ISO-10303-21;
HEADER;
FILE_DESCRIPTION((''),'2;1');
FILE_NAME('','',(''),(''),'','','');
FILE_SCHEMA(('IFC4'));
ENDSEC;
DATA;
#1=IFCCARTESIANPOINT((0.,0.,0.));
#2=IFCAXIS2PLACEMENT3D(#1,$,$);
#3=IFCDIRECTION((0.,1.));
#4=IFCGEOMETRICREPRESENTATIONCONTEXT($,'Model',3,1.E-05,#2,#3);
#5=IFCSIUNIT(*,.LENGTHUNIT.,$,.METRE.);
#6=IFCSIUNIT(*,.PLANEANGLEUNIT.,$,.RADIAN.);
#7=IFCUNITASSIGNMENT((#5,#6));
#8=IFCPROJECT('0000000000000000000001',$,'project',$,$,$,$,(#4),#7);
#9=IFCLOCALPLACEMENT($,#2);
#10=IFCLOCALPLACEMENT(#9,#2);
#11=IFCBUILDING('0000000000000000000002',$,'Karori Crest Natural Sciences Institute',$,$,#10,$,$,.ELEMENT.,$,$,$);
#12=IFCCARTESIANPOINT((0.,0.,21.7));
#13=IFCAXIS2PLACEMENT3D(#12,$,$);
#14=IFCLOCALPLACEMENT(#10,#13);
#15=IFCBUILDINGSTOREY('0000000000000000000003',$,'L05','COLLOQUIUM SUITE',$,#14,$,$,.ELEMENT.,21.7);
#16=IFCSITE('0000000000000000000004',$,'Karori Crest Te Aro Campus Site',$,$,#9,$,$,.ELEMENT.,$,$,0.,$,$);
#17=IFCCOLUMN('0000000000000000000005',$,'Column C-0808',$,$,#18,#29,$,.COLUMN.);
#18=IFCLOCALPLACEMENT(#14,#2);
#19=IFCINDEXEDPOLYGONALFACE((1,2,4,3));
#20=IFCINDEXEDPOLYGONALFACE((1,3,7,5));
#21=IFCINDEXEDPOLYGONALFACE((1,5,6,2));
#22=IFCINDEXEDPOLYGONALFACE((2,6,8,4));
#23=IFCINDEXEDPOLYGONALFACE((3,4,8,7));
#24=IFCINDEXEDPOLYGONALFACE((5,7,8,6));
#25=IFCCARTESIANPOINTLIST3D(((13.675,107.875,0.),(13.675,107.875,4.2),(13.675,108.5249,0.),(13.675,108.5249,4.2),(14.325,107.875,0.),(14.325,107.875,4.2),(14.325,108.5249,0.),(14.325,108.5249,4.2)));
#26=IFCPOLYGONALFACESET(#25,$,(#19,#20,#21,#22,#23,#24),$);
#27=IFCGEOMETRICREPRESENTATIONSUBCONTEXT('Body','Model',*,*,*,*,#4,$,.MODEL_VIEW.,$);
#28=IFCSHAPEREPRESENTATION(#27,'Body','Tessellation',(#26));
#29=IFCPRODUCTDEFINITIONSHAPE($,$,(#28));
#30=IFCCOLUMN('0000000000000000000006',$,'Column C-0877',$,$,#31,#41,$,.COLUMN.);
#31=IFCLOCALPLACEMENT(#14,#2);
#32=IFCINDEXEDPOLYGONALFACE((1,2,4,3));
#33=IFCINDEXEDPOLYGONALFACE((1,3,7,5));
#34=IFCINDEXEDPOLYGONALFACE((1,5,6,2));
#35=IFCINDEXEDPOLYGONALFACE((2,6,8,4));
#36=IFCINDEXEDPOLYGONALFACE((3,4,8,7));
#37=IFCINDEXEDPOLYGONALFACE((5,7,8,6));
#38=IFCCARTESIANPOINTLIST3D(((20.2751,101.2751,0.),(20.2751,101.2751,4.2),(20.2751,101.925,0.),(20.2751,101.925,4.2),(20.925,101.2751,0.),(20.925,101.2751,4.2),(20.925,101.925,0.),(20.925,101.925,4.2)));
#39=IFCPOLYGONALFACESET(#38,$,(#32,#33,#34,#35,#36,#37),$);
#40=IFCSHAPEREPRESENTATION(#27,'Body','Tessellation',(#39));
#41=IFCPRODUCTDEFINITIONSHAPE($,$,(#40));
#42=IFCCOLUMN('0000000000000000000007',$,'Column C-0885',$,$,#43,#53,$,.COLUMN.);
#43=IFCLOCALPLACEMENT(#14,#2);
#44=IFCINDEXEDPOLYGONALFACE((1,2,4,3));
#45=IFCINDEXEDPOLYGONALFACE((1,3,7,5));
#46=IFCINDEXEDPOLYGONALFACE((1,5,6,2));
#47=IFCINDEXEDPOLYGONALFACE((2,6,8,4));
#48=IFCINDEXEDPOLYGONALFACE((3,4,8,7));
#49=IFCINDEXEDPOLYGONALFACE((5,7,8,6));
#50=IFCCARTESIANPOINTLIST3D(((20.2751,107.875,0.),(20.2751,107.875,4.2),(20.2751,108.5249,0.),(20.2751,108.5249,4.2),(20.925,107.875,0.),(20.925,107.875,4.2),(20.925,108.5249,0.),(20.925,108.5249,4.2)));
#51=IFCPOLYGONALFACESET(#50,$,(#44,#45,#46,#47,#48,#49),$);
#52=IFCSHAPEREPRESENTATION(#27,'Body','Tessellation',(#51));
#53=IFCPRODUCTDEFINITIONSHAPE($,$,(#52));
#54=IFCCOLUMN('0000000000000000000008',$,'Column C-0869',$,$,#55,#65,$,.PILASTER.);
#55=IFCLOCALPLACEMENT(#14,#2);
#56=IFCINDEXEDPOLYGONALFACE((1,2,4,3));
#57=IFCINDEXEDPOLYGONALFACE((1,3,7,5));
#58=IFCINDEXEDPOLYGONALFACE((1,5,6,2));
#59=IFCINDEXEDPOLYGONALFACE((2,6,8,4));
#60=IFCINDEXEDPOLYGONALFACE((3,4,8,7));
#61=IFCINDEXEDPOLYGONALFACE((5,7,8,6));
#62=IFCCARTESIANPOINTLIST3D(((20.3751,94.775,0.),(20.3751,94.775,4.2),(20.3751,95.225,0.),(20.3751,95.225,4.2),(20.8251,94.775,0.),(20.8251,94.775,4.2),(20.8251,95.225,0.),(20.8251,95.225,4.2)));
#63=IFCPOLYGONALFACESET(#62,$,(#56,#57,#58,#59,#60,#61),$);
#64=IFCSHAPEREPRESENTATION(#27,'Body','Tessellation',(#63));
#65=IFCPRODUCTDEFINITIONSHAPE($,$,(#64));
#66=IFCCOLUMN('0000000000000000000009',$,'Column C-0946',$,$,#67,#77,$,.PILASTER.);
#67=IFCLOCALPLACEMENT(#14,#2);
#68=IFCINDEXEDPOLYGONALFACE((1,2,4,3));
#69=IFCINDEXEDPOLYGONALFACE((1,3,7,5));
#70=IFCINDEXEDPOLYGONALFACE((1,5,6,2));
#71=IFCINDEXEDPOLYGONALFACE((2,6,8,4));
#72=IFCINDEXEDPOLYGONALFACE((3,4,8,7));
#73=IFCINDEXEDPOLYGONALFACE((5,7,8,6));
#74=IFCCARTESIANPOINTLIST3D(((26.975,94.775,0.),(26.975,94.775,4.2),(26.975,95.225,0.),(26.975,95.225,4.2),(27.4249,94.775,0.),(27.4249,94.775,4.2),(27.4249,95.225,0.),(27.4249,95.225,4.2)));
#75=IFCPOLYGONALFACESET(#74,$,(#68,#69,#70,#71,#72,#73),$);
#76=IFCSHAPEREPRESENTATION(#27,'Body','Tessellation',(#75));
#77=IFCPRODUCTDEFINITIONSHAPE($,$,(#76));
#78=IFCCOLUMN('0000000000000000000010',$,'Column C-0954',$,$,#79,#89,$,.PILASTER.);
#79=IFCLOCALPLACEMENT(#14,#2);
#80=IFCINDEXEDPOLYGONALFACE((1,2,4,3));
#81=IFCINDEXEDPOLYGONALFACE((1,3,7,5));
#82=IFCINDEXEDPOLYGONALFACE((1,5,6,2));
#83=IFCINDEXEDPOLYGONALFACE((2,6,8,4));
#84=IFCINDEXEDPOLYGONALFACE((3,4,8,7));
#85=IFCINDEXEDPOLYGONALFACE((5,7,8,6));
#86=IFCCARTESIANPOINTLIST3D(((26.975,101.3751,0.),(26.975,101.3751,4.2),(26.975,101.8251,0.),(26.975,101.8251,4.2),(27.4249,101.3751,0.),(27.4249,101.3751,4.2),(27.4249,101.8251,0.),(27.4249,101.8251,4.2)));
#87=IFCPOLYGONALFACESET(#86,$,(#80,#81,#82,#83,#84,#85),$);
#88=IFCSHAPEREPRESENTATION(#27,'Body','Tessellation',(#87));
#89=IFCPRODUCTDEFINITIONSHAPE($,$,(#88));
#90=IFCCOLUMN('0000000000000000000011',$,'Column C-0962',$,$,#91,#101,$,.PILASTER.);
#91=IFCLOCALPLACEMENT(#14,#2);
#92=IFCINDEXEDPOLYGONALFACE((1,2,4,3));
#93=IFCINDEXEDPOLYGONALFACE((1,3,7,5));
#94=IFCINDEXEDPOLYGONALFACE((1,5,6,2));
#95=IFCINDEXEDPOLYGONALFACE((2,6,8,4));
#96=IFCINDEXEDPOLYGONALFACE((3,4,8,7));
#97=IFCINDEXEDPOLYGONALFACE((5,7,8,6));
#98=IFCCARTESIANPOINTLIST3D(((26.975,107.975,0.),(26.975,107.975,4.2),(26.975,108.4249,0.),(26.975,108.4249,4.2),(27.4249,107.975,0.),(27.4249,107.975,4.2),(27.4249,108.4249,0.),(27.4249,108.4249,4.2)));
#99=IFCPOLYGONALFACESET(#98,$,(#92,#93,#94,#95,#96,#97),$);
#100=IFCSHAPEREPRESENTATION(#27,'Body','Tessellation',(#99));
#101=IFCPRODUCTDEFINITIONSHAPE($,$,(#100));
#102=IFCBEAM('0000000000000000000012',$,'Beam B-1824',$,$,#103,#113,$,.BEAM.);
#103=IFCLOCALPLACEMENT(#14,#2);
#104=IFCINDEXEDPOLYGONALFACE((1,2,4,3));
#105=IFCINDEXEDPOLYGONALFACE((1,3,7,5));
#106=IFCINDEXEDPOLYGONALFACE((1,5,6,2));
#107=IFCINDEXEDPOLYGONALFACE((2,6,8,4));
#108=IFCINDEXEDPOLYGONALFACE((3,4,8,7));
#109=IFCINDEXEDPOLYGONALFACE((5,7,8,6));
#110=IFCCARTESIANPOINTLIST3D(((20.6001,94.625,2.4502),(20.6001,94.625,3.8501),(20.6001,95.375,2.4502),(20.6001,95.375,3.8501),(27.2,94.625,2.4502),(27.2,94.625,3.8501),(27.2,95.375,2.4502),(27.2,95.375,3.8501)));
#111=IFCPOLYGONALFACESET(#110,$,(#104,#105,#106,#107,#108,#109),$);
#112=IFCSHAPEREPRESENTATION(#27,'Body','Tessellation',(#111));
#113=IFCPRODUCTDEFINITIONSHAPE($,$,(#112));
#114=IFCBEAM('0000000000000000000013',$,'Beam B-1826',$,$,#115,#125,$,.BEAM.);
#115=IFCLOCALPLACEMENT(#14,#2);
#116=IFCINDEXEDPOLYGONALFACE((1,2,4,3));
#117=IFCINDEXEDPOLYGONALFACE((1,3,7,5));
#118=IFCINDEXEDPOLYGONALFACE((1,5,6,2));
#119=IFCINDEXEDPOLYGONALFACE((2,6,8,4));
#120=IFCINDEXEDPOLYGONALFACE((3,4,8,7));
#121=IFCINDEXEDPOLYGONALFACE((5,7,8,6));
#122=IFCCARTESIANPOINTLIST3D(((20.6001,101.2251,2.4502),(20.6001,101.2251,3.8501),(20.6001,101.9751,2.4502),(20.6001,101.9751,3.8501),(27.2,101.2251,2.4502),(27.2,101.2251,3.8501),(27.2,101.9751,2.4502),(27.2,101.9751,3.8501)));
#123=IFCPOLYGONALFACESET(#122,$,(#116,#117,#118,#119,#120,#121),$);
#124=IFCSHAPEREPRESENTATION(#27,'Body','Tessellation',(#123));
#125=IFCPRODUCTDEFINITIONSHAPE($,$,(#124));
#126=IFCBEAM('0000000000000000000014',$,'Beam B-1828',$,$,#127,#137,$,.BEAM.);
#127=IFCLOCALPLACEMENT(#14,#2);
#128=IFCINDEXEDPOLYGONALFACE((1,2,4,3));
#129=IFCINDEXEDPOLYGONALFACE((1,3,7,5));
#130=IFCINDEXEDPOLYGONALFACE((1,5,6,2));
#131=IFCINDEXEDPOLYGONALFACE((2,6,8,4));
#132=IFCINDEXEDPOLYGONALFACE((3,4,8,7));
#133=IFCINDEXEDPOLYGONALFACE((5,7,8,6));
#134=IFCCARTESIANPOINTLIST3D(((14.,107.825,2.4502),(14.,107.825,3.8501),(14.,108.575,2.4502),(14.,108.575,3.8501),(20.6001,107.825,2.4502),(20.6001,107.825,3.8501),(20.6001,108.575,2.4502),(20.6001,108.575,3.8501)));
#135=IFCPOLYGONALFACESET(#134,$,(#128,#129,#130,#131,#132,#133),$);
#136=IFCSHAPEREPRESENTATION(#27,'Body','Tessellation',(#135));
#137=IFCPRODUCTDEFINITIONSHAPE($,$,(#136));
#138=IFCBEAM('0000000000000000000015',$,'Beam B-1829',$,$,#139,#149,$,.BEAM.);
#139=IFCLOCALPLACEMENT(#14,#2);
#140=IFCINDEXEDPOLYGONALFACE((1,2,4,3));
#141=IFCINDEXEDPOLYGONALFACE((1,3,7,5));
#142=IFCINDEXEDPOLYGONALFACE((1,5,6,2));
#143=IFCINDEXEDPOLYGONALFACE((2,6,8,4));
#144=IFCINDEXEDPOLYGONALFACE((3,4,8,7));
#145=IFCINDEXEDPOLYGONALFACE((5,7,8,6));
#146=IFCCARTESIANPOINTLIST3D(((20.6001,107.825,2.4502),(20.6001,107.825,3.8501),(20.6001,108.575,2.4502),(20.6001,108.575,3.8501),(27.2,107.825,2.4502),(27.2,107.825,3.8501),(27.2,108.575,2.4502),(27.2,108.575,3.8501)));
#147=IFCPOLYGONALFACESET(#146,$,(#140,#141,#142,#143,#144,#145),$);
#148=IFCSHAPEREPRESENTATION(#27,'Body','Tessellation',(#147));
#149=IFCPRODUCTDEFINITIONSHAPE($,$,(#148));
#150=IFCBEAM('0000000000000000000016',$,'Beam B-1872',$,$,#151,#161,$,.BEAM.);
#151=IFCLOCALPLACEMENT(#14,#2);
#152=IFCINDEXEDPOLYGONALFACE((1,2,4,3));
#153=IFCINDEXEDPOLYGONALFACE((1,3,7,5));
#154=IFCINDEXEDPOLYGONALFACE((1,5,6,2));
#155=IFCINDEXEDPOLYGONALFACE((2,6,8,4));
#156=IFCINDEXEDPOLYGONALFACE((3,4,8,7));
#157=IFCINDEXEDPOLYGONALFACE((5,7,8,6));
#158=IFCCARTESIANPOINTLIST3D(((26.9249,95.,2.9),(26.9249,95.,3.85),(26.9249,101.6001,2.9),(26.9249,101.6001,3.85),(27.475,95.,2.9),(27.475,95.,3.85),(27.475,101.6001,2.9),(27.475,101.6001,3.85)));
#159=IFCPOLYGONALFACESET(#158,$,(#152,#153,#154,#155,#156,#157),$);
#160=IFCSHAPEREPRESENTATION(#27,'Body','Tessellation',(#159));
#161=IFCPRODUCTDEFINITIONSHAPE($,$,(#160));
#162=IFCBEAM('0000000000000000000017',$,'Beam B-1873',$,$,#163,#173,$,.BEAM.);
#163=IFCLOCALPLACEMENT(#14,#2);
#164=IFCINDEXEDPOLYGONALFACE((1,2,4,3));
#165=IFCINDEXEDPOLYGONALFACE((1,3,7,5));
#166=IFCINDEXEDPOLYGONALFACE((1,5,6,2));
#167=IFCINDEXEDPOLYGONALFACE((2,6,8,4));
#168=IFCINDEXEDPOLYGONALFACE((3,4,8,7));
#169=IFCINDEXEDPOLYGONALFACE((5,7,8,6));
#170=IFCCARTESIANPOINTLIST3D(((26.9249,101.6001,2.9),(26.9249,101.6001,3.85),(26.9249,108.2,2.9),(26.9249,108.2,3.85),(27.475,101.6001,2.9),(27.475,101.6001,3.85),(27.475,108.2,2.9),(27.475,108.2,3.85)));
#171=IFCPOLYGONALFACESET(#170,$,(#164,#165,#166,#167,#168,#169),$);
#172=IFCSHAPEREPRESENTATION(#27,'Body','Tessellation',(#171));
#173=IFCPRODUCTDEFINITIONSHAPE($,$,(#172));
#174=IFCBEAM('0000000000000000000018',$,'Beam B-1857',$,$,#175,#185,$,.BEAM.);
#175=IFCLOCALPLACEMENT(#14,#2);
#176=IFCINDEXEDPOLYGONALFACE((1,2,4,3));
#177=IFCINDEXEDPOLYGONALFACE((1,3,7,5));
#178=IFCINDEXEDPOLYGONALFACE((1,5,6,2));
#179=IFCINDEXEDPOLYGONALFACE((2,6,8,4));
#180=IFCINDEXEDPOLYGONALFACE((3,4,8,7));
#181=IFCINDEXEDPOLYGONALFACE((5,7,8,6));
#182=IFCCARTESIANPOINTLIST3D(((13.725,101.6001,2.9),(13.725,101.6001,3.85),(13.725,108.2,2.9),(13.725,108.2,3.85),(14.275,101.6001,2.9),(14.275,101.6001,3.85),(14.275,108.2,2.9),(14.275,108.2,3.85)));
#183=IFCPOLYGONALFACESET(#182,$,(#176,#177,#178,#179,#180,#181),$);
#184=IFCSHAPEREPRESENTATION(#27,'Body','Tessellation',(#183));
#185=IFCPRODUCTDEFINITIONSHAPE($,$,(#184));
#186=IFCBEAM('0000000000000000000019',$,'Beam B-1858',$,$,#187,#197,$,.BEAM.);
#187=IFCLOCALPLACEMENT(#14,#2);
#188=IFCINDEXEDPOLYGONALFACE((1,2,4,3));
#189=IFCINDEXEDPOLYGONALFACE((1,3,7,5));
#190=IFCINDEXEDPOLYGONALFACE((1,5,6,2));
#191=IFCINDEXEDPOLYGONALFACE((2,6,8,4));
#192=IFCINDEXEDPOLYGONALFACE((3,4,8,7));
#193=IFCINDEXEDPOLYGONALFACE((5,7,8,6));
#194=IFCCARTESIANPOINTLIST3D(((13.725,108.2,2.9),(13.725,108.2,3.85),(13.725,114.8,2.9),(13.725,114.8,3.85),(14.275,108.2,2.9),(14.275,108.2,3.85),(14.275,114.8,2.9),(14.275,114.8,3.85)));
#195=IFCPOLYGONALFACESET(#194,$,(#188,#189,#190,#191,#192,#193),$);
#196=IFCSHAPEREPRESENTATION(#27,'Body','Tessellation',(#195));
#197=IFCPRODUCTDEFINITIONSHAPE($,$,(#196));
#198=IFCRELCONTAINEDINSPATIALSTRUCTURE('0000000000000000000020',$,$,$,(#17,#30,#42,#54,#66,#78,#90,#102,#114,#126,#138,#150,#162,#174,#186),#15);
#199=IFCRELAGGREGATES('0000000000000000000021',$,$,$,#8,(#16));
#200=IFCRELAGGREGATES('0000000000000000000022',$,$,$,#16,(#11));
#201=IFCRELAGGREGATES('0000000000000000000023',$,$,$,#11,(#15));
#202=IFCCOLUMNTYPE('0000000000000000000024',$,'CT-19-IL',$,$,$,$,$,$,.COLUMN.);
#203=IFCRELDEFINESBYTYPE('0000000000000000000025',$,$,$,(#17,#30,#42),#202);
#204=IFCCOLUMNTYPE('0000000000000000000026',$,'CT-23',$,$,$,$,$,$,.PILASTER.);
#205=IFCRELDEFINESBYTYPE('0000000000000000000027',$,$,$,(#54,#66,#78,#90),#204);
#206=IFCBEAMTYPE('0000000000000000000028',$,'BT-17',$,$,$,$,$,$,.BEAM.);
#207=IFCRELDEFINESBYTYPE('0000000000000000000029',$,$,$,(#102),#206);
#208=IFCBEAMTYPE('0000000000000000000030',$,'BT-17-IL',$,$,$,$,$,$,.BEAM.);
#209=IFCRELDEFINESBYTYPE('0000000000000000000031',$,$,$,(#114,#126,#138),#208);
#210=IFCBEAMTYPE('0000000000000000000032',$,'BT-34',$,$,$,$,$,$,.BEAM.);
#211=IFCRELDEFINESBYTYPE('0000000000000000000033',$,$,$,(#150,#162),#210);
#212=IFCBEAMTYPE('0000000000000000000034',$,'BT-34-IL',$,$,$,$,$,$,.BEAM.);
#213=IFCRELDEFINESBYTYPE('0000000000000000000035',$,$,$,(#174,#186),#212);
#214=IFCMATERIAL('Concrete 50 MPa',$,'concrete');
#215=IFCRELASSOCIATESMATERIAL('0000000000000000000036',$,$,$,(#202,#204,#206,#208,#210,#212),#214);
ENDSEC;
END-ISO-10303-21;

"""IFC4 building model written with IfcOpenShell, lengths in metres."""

from ifc_helpers import new_model, si_unit, direction, frame, origin, origin_2d, place, context, subcontext, project, spatial, rectangle, extrude, material, material_profile, profile_set, type_object, element, save


model = new_model("IFC4")

# Units and contexts
model_context = context("Model", 3, precision=1e-05, world=origin(), true_north=direction((0.0, 1.0)))
body_context = subcontext(model_context, "Body", "Model", "MODEL_VIEW")
ifc_project = project(units=[si_unit("LENGTHUNIT", "METRE"), si_unit("PLANEANGLEUNIT", "RADIAN")], contexts=[model_context])

# Site, building, storey
site_placement = place(None, origin())
site = spatial("IfcSite", under=ifc_project, at=site_placement, Name="Karori Crest Te Aro Campus Site", CompositionType="ELEMENT", RefElevation=0.0)
building_placement = place(site_placement, origin())
building = spatial("IfcBuilding", under=site, at=building_placement, Name="Karori Crest Natural Sciences Institute", CompositionType="ELEMENT")
storey_placement = place(building_placement, frame((0.0, 0.0, 21.7)))
storey = spatial("IfcBuildingStorey", under=building, at=storey_placement, Name="L05", Description="COLLOQUIUM SUITE", CompositionType="ELEMENT", Elevation=21.7)

# Columns
ifc_material_1 = material(Name="Concrete 50 MPa", Category="concrete")
ifc_material_profile_1 = material_profile(ifc_material_1, rectangle(XDim=0.6499, YDim=0.6499, at=origin_2d()), Name="RC650x650")
ifc_profile_set_1 = profile_set([ifc_material_profile_1], Name="Concrete 50 MPa")
column_type_1 = type_object("IfcColumnType", Name="CT-19-IL", PredefinedType="COLUMN", material=ifc_profile_set_1)
for number, where, z_axis, x_axis, name in (
    (1, (14.0, 108.2, 0.0), (0.0, 0.0, 1.0), (1.0, 0.0, 0.0), "Column C-0808"),
    (2, (20.6001, 101.6001, 0.0), (0.0, 0.0, 1.0), (1.0, 0.0, 0.0), "Column C-0877"),
    (3, (20.6001, 108.2, 0.0), (0.0, 0.0, 1.0), (1.0, 0.0, 0.0), "Column C-0885"),
):
    element("IfcColumn", number, at=place(storey_placement, frame(where, z_axis=z_axis, x_axis=x_axis)), inside=storey, type_object=column_type_1, Name=name, PredefinedType="COLUMN", context=body_context, shape_type="SweptSolid", body=[
        extrude(rectangle(XDim=0.6499, YDim=0.6499, at=origin_2d()), origin(), (0.0, 0.0, 1.0), 4.2),
    ])
ifc_material_profile_2 = material_profile(ifc_material_1, rectangle(XDim=0.45, YDim=0.45, at=origin_2d()), Name="RC450x450")
ifc_profile_set_2 = profile_set([ifc_material_profile_2], Name="Concrete 50 MPa")
column_type_2 = type_object("IfcColumnType", Name="CT-23", PredefinedType="PILASTER", material=ifc_profile_set_2)
for number, where, z_axis, x_axis, name in (
    (4, (20.6001, 95.0, 0.0), (0.0, 0.0, 1.0), (1.0, 0.0, 0.0), "Column C-0869"),
    (5, (27.2, 95.0, 0.0), (0.0, 0.0, 1.0), (1.0, 0.0, 0.0), "Column C-0946"),
    (6, (27.2, 101.6001, 0.0), (0.0, 0.0, 1.0), (1.0, 0.0, 0.0), "Column C-0954"),
    (7, (27.2, 108.2, 0.0), (0.0, 0.0, 1.0), (1.0, 0.0, 0.0), "Column C-0962"),
):
    element("IfcColumn", number, at=place(storey_placement, frame(where, z_axis=z_axis, x_axis=x_axis)), inside=storey, type_object=column_type_2, Name=name, PredefinedType="PILASTER", context=body_context, shape_type="SweptSolid", body=[
        extrude(rectangle(XDim=0.45, YDim=0.45, at=origin_2d()), origin(), (0.0, 0.0, 1.0), 4.2),
    ])

# Beams
ifc_material_profile_3 = material_profile(ifc_material_1, rectangle(XDim=0.75, YDim=1.3999, at=origin_2d()), Name="RCB750x1400")
ifc_profile_set_3 = profile_set([ifc_material_profile_3], Name="Concrete 50 MPa")
beam_type_1 = type_object("IfcBeamType", Name="BT-17", PredefinedType="BEAM", material=ifc_profile_set_3)
beam_1_placement = place(storey_placement, frame((20.6001, 95.0, 3.1501), z_axis=(1.0, 0.0, 0.0), x_axis=(0.0, 1.0, 0.0)))
element("IfcBeam", 8, at=beam_1_placement, inside=storey, type_object=beam_type_1, Name="Beam B-1824", PredefinedType="BEAM", context=body_context, shape_type="SweptSolid", body=[
    extrude(rectangle(XDim=0.75, YDim=1.3999, at=origin_2d()), origin(), (0.0, 0.0, 1.0), 6.5999),
])
ifc_material_profile_4 = material_profile(ifc_material_1, rectangle(XDim=0.75, YDim=1.3999, at=origin_2d()), Name="RCB750x1400")
ifc_profile_set_4 = profile_set([ifc_material_profile_4], Name="Concrete 50 MPa")
beam_type_2 = type_object("IfcBeamType", Name="BT-17-IL", PredefinedType="BEAM", material=ifc_profile_set_4)
beam_2_placement = place(storey_placement, frame((20.6001, 101.6001, 3.1501), z_axis=(1.0, 0.0, 0.0), x_axis=(0.0, 1.0, 0.0)))
element("IfcBeam", 9, at=beam_2_placement, inside=storey, type_object=beam_type_2, Name="Beam B-1826", PredefinedType="BEAM", context=body_context, shape_type="SweptSolid", body=[
    extrude(rectangle(XDim=0.75, YDim=1.3999, at=origin_2d()), origin(), (0.0, 0.0, 1.0), 6.5999),
])
beam_3_placement = place(storey_placement, frame((14.0, 108.2, 3.1501), z_axis=(1.0, 0.0, 0.0), x_axis=(0.0, 1.0, 0.0)))
element("IfcBeam", 10, at=beam_3_placement, inside=storey, type_object=beam_type_2, Name="Beam B-1828", PredefinedType="BEAM", context=body_context, shape_type="SweptSolid", body=[
    extrude(rectangle(XDim=0.75, YDim=1.3999, at=origin_2d()), origin(), (0.0, 0.0, 1.0), 6.6001),
])
beam_4_placement = place(storey_placement, frame((20.6001, 108.2, 3.1501), z_axis=(1.0, 0.0, 0.0), x_axis=(0.0, 1.0, 0.0)))
element("IfcBeam", 11, at=beam_4_placement, inside=storey, type_object=beam_type_2, Name="Beam B-1829", PredefinedType="BEAM", context=body_context, shape_type="SweptSolid", body=[
    extrude(rectangle(XDim=0.75, YDim=1.3999, at=origin_2d()), origin(), (0.0, 0.0, 1.0), 6.5999),
])
ifc_material_profile_5 = material_profile(ifc_material_1, rectangle(XDim=0.55, YDim=0.95, at=origin_2d()), Name="RCB550x950")
ifc_profile_set_5 = profile_set([ifc_material_profile_5], Name="Concrete 50 MPa")
beam_type_3 = type_object("IfcBeamType", Name="BT-34", PredefinedType="BEAM", material=ifc_profile_set_5)
beam_5_placement = place(storey_placement, frame((27.2, 95.0, 3.375), z_axis=(0.0, 1.0, 0.0), x_axis=(-1.0, 0.0, 0.0)))
element("IfcBeam", 12, at=beam_5_placement, inside=storey, type_object=beam_type_3, Name="Beam B-1872", PredefinedType="BEAM", context=body_context, shape_type="SweptSolid", body=[
    extrude(rectangle(XDim=0.55, YDim=0.95, at=origin_2d()), origin(), (0.0, 0.0, 1.0), 6.6001),
])
beam_6_placement = place(storey_placement, frame((27.2, 101.6001, 3.375), z_axis=(0.0, 1.0, 0.0), x_axis=(-1.0, 0.0, 0.0)))
element("IfcBeam", 13, at=beam_6_placement, inside=storey, type_object=beam_type_3, Name="Beam B-1873", PredefinedType="BEAM", context=body_context, shape_type="SweptSolid", body=[
    extrude(rectangle(XDim=0.55, YDim=0.95, at=origin_2d()), origin(), (0.0, 0.0, 1.0), 6.5999),
])
ifc_material_profile_6 = material_profile(ifc_material_1, rectangle(XDim=0.55, YDim=0.95, at=origin_2d()), Name="RCB550x950")
ifc_profile_set_6 = profile_set([ifc_material_profile_6], Name="Concrete 50 MPa")
beam_type_4 = type_object("IfcBeamType", Name="BT-34-IL", PredefinedType="BEAM", material=ifc_profile_set_6)
beam_7_placement = place(storey_placement, frame((14.0, 101.6001, 3.375), z_axis=(0.0, 1.0, 0.0), x_axis=(-1.0, 0.0, 0.0)))
element("IfcBeam", 14, at=beam_7_placement, inside=storey, type_object=beam_type_4, Name="Beam B-1857", PredefinedType="BEAM", context=body_context, shape_type="SweptSolid", body=[
    extrude(rectangle(XDim=0.55, YDim=0.95, at=origin_2d()), origin(), (0.0, 0.0, 1.0), 6.5999),
])
for number, where, z_axis, x_axis, name in (
    (15, (14.0, 108.2, 3.375), (0.0, 1.0, 0.0), (-1.0, 0.0, 0.0), "Beam B-1858"),
):
    element("IfcBeam", number, at=place(storey_placement, frame(where, z_axis=z_axis, x_axis=x_axis)), inside=storey, type_object=beam_type_4, Name=name, PredefinedType="BEAM", context=body_context, shape_type="SweptSolid", body=[
        extrude(rectangle(XDim=0.55, YDim=0.95, at=origin_2d()), origin(), (0.0, 0.0, 1.0), 6.6001),
    ])

save(model, "model.ifc")
